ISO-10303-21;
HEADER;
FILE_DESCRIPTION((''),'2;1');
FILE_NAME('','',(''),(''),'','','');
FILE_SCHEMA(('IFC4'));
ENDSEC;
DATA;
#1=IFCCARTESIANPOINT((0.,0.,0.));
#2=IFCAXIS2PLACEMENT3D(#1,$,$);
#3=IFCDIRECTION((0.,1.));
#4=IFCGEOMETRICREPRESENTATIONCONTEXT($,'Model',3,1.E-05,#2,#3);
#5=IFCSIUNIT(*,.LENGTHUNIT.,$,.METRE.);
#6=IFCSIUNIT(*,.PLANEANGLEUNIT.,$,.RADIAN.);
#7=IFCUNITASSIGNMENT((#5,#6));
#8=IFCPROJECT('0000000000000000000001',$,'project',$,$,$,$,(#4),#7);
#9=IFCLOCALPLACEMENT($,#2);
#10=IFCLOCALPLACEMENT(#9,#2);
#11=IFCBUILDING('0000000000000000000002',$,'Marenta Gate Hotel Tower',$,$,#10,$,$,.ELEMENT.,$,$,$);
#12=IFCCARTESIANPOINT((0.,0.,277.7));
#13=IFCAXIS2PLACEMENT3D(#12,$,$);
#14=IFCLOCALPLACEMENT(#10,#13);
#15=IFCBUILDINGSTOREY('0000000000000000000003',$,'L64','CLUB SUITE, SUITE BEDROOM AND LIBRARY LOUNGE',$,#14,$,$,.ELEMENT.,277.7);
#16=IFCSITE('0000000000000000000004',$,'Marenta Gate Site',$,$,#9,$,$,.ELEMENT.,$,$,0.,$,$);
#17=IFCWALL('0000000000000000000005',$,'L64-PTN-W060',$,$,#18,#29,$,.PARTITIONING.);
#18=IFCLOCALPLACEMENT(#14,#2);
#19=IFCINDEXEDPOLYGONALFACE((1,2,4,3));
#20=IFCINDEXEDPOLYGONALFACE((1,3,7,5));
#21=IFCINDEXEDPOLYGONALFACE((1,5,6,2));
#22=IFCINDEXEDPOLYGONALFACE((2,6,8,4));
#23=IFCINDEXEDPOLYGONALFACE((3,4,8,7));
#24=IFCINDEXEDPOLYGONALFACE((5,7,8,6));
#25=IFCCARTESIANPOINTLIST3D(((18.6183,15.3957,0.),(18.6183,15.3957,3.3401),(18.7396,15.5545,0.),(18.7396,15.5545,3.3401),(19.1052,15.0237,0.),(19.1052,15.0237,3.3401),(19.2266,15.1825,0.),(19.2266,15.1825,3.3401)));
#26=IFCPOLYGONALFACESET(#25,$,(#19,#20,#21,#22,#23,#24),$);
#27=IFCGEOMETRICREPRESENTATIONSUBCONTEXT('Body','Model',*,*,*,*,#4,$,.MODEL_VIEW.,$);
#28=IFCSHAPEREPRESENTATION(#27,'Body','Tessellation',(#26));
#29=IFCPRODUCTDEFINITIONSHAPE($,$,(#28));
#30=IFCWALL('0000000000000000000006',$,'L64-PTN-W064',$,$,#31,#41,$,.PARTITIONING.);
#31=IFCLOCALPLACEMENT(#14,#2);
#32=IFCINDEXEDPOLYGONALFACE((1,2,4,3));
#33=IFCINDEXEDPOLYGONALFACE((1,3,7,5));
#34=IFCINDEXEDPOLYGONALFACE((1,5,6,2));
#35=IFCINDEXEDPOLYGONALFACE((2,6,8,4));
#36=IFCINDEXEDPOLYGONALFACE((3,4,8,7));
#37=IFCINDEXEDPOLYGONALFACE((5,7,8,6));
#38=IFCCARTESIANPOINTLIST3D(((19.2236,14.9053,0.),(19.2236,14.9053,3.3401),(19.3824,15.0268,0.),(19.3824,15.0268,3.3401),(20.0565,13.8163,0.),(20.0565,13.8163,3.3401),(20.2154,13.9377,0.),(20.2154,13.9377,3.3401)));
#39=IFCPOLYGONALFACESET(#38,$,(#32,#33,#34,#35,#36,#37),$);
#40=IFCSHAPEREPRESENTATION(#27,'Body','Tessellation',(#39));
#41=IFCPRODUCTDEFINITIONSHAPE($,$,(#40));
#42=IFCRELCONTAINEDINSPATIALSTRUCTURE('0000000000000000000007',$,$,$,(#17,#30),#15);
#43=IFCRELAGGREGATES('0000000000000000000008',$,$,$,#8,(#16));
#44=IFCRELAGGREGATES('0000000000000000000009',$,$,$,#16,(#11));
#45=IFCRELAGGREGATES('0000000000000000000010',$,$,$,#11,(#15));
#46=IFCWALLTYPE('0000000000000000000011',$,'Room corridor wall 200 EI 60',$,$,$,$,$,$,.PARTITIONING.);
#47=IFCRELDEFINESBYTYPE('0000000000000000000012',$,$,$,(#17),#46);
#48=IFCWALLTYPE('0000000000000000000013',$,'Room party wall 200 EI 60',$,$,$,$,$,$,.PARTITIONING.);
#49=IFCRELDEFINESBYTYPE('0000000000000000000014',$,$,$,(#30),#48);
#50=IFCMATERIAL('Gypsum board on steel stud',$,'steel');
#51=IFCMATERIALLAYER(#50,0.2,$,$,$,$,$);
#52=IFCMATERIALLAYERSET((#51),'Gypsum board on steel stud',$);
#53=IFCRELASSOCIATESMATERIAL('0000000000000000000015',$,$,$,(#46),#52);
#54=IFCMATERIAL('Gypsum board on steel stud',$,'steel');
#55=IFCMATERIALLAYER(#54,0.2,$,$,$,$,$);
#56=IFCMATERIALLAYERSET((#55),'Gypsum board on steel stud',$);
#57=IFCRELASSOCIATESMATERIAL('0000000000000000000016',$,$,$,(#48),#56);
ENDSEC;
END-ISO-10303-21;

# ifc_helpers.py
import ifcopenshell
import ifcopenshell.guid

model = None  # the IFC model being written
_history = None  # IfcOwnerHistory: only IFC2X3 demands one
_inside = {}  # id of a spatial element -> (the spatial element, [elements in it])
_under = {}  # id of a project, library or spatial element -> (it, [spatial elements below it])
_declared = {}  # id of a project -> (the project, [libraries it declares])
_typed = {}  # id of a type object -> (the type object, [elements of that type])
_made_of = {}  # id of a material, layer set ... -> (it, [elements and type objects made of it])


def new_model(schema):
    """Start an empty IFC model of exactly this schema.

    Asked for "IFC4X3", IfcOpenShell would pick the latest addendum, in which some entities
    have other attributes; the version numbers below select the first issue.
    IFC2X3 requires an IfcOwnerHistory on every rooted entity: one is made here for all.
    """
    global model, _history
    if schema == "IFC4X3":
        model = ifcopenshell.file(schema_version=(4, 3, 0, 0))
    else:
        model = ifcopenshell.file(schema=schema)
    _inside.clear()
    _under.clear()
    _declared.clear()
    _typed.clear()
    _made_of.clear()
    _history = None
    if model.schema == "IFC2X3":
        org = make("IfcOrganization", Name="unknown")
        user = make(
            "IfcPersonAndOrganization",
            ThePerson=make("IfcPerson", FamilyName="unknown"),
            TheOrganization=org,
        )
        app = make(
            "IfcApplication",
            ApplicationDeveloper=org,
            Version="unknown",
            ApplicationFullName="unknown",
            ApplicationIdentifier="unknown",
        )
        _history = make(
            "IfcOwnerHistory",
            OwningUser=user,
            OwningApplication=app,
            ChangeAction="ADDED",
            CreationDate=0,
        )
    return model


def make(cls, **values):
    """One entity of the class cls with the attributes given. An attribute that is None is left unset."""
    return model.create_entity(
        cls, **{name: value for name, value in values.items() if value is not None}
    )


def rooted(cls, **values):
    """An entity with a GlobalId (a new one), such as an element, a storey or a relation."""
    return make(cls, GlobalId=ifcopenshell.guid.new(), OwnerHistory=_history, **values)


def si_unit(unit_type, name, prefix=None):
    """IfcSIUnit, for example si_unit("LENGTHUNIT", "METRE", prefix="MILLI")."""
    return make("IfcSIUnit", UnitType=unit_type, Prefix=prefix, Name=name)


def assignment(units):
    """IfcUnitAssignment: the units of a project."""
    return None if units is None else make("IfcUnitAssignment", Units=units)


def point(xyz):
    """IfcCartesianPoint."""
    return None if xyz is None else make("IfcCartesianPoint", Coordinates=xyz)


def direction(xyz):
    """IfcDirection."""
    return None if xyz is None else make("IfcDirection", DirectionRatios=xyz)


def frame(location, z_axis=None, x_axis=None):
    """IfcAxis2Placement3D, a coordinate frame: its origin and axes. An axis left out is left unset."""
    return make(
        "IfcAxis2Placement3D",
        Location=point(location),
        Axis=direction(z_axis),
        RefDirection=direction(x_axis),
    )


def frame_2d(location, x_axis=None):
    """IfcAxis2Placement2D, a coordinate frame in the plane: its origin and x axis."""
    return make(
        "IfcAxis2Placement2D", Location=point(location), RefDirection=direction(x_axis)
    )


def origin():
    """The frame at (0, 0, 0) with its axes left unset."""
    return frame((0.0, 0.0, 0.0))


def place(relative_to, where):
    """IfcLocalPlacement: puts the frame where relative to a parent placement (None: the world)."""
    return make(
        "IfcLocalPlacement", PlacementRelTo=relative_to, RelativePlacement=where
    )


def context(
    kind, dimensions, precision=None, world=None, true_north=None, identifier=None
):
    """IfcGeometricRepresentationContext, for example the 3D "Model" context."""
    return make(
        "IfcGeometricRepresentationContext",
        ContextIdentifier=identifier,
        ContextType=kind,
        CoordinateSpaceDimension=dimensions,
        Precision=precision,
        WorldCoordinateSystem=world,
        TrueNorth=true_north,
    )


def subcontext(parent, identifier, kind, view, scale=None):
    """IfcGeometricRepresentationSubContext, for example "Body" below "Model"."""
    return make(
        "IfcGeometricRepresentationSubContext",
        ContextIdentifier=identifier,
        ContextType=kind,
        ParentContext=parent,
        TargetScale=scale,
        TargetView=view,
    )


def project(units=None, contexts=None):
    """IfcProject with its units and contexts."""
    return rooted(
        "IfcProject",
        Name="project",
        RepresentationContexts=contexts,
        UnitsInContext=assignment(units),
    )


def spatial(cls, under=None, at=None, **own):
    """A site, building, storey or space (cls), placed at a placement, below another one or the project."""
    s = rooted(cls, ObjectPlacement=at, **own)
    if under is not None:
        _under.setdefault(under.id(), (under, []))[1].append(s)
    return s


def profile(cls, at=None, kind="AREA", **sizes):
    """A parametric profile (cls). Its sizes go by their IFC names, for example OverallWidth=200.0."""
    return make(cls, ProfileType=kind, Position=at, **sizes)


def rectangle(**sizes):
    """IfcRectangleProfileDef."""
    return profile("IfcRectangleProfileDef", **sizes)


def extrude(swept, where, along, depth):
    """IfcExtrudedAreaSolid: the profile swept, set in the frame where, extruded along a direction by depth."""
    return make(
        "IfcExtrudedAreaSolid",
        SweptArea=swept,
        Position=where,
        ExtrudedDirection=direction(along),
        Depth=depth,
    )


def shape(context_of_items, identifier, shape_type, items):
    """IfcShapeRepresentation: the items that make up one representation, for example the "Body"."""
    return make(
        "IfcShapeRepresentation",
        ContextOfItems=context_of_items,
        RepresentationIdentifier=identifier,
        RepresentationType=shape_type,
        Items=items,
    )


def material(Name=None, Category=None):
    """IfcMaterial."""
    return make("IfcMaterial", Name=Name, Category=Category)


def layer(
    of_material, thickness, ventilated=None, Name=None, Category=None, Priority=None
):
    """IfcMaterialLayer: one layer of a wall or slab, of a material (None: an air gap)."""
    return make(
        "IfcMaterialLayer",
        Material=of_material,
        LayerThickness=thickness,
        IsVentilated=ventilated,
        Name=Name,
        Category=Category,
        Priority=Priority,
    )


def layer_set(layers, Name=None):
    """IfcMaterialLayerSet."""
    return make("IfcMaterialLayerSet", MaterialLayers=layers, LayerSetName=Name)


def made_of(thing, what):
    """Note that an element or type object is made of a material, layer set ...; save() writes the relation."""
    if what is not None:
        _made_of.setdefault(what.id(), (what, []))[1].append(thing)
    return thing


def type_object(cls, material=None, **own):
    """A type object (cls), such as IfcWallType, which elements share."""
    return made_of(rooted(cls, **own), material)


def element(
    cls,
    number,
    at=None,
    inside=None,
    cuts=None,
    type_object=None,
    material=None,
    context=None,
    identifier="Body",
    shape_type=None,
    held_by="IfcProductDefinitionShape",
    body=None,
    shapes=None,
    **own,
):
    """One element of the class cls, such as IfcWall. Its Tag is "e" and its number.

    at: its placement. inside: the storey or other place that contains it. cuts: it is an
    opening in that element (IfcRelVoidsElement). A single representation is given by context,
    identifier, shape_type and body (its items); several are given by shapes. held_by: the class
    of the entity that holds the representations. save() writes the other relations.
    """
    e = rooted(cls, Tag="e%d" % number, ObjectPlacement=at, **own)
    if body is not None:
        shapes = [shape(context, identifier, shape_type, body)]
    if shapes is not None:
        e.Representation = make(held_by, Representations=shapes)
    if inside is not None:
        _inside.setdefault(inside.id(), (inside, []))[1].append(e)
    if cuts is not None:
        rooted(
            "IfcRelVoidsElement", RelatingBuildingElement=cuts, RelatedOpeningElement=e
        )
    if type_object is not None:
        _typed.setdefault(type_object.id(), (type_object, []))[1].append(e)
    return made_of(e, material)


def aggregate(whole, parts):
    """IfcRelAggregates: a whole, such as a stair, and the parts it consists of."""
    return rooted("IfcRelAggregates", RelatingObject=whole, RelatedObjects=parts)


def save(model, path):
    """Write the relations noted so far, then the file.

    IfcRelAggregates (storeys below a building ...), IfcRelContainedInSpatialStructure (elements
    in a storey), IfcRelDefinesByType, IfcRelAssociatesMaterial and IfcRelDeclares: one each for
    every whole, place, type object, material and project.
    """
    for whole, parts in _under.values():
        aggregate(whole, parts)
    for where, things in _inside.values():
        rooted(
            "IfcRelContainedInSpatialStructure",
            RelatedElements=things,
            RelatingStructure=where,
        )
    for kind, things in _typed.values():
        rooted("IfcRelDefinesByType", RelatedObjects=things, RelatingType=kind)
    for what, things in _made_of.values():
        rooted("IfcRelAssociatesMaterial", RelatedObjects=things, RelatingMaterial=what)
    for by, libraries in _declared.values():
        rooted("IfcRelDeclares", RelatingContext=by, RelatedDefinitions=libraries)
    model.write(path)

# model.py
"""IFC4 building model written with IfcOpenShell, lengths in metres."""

from ifc_helpers import new_model, si_unit, direction, frame, frame_2d, origin, place, context, subcontext, project, spatial, rectangle, extrude, material, layer, layer_set, type_object, element, save


model = new_model("IFC4")

# Units and contexts
model_context = context("Model", 3, precision=1e-05, world=origin(), true_north=direction((0.0, 1.0)))
body_context = subcontext(model_context, "Body", "Model", "MODEL_VIEW")
ifc_project = project(units=[si_unit("LENGTHUNIT", "METRE"), si_unit("PLANEANGLEUNIT", "RADIAN")], contexts=[model_context])

# Site, building, storey
site_placement = place(None, origin())
site = spatial("IfcSite", under=ifc_project, at=site_placement, Name="Marenta Gate Site", CompositionType="ELEMENT", RefElevation=0.0)
building_placement = place(site_placement, origin())
building = spatial("IfcBuilding", under=site, at=building_placement, Name="Marenta Gate Hotel Tower", CompositionType="ELEMENT")
storey_placement = place(building_placement, frame((0.0, 0.0, 277.7)))
storey = spatial("IfcBuildingStorey", under=building, at=storey_placement, Name="L64", Description="CLUB SUITE, SUITE BEDROOM AND LIBRARY LOUNGE", CompositionType="ELEMENT", Elevation=277.7)

# Walls
ifc_material_1 = material(Name="Gypsum board on steel stud", Category="steel")
ifc_layer_1 = layer(ifc_material_1, 0.2)
ifc_layer_set_1 = layer_set([ifc_layer_1], Name="Gypsum board on steel stud")
wall_type_1 = type_object("IfcWallType", Name="Room corridor wall 200 EI 60", PredefinedType="PARTITIONING", material=ifc_layer_set_1)
wall_1_placement = place(storey_placement, frame((18.679, 15.4751, 0.0), z_axis=(0.0, 0.0, 1.0), x_axis=(0.794663, -0.607051, 0.0)))
element("IfcWall", 1, at=wall_1_placement, inside=storey, type_object=wall_type_1, Name="L64-PTN-W060", PredefinedType="PARTITIONING", context=body_context, shape_type="SweptSolid", body=[
    extrude(rectangle(XDim=0.6128, YDim=0.2, at=frame_2d((0.3064, 0.0))), origin(), (0.0, 0.0, 1.0), 3.3401),
])
ifc_material_2 = material(Name="Gypsum board on steel stud", Category="steel")
ifc_layer_2 = layer(ifc_material_2, 0.2)
ifc_layer_set_2 = layer_set([ifc_layer_2], Name="Gypsum board on steel stud")
wall_type_2 = type_object("IfcWallType", Name="Room party wall 200 EI 60", PredefinedType="PARTITIONING", material=ifc_layer_set_2)
wall_2_placement = place(storey_placement, frame((19.303, 14.9661, 0.0), z_axis=(0.0, 0.0, 1.0), x_axis=(0.607523, -0.794302, 0.0)))
element("IfcWall", 2, at=wall_2_placement, inside=storey, type_object=wall_type_2, Name="L64-PTN-W064", PredefinedType="PARTITIONING", context=body_context, shape_type="SweptSolid", body=[
    extrude(rectangle(XDim=1.3711, YDim=0.2, at=frame_2d((0.6855, 0.0))), origin(), (0.0, 0.0, 1.0), 3.3401),
])

save(model, "model.ifc")
